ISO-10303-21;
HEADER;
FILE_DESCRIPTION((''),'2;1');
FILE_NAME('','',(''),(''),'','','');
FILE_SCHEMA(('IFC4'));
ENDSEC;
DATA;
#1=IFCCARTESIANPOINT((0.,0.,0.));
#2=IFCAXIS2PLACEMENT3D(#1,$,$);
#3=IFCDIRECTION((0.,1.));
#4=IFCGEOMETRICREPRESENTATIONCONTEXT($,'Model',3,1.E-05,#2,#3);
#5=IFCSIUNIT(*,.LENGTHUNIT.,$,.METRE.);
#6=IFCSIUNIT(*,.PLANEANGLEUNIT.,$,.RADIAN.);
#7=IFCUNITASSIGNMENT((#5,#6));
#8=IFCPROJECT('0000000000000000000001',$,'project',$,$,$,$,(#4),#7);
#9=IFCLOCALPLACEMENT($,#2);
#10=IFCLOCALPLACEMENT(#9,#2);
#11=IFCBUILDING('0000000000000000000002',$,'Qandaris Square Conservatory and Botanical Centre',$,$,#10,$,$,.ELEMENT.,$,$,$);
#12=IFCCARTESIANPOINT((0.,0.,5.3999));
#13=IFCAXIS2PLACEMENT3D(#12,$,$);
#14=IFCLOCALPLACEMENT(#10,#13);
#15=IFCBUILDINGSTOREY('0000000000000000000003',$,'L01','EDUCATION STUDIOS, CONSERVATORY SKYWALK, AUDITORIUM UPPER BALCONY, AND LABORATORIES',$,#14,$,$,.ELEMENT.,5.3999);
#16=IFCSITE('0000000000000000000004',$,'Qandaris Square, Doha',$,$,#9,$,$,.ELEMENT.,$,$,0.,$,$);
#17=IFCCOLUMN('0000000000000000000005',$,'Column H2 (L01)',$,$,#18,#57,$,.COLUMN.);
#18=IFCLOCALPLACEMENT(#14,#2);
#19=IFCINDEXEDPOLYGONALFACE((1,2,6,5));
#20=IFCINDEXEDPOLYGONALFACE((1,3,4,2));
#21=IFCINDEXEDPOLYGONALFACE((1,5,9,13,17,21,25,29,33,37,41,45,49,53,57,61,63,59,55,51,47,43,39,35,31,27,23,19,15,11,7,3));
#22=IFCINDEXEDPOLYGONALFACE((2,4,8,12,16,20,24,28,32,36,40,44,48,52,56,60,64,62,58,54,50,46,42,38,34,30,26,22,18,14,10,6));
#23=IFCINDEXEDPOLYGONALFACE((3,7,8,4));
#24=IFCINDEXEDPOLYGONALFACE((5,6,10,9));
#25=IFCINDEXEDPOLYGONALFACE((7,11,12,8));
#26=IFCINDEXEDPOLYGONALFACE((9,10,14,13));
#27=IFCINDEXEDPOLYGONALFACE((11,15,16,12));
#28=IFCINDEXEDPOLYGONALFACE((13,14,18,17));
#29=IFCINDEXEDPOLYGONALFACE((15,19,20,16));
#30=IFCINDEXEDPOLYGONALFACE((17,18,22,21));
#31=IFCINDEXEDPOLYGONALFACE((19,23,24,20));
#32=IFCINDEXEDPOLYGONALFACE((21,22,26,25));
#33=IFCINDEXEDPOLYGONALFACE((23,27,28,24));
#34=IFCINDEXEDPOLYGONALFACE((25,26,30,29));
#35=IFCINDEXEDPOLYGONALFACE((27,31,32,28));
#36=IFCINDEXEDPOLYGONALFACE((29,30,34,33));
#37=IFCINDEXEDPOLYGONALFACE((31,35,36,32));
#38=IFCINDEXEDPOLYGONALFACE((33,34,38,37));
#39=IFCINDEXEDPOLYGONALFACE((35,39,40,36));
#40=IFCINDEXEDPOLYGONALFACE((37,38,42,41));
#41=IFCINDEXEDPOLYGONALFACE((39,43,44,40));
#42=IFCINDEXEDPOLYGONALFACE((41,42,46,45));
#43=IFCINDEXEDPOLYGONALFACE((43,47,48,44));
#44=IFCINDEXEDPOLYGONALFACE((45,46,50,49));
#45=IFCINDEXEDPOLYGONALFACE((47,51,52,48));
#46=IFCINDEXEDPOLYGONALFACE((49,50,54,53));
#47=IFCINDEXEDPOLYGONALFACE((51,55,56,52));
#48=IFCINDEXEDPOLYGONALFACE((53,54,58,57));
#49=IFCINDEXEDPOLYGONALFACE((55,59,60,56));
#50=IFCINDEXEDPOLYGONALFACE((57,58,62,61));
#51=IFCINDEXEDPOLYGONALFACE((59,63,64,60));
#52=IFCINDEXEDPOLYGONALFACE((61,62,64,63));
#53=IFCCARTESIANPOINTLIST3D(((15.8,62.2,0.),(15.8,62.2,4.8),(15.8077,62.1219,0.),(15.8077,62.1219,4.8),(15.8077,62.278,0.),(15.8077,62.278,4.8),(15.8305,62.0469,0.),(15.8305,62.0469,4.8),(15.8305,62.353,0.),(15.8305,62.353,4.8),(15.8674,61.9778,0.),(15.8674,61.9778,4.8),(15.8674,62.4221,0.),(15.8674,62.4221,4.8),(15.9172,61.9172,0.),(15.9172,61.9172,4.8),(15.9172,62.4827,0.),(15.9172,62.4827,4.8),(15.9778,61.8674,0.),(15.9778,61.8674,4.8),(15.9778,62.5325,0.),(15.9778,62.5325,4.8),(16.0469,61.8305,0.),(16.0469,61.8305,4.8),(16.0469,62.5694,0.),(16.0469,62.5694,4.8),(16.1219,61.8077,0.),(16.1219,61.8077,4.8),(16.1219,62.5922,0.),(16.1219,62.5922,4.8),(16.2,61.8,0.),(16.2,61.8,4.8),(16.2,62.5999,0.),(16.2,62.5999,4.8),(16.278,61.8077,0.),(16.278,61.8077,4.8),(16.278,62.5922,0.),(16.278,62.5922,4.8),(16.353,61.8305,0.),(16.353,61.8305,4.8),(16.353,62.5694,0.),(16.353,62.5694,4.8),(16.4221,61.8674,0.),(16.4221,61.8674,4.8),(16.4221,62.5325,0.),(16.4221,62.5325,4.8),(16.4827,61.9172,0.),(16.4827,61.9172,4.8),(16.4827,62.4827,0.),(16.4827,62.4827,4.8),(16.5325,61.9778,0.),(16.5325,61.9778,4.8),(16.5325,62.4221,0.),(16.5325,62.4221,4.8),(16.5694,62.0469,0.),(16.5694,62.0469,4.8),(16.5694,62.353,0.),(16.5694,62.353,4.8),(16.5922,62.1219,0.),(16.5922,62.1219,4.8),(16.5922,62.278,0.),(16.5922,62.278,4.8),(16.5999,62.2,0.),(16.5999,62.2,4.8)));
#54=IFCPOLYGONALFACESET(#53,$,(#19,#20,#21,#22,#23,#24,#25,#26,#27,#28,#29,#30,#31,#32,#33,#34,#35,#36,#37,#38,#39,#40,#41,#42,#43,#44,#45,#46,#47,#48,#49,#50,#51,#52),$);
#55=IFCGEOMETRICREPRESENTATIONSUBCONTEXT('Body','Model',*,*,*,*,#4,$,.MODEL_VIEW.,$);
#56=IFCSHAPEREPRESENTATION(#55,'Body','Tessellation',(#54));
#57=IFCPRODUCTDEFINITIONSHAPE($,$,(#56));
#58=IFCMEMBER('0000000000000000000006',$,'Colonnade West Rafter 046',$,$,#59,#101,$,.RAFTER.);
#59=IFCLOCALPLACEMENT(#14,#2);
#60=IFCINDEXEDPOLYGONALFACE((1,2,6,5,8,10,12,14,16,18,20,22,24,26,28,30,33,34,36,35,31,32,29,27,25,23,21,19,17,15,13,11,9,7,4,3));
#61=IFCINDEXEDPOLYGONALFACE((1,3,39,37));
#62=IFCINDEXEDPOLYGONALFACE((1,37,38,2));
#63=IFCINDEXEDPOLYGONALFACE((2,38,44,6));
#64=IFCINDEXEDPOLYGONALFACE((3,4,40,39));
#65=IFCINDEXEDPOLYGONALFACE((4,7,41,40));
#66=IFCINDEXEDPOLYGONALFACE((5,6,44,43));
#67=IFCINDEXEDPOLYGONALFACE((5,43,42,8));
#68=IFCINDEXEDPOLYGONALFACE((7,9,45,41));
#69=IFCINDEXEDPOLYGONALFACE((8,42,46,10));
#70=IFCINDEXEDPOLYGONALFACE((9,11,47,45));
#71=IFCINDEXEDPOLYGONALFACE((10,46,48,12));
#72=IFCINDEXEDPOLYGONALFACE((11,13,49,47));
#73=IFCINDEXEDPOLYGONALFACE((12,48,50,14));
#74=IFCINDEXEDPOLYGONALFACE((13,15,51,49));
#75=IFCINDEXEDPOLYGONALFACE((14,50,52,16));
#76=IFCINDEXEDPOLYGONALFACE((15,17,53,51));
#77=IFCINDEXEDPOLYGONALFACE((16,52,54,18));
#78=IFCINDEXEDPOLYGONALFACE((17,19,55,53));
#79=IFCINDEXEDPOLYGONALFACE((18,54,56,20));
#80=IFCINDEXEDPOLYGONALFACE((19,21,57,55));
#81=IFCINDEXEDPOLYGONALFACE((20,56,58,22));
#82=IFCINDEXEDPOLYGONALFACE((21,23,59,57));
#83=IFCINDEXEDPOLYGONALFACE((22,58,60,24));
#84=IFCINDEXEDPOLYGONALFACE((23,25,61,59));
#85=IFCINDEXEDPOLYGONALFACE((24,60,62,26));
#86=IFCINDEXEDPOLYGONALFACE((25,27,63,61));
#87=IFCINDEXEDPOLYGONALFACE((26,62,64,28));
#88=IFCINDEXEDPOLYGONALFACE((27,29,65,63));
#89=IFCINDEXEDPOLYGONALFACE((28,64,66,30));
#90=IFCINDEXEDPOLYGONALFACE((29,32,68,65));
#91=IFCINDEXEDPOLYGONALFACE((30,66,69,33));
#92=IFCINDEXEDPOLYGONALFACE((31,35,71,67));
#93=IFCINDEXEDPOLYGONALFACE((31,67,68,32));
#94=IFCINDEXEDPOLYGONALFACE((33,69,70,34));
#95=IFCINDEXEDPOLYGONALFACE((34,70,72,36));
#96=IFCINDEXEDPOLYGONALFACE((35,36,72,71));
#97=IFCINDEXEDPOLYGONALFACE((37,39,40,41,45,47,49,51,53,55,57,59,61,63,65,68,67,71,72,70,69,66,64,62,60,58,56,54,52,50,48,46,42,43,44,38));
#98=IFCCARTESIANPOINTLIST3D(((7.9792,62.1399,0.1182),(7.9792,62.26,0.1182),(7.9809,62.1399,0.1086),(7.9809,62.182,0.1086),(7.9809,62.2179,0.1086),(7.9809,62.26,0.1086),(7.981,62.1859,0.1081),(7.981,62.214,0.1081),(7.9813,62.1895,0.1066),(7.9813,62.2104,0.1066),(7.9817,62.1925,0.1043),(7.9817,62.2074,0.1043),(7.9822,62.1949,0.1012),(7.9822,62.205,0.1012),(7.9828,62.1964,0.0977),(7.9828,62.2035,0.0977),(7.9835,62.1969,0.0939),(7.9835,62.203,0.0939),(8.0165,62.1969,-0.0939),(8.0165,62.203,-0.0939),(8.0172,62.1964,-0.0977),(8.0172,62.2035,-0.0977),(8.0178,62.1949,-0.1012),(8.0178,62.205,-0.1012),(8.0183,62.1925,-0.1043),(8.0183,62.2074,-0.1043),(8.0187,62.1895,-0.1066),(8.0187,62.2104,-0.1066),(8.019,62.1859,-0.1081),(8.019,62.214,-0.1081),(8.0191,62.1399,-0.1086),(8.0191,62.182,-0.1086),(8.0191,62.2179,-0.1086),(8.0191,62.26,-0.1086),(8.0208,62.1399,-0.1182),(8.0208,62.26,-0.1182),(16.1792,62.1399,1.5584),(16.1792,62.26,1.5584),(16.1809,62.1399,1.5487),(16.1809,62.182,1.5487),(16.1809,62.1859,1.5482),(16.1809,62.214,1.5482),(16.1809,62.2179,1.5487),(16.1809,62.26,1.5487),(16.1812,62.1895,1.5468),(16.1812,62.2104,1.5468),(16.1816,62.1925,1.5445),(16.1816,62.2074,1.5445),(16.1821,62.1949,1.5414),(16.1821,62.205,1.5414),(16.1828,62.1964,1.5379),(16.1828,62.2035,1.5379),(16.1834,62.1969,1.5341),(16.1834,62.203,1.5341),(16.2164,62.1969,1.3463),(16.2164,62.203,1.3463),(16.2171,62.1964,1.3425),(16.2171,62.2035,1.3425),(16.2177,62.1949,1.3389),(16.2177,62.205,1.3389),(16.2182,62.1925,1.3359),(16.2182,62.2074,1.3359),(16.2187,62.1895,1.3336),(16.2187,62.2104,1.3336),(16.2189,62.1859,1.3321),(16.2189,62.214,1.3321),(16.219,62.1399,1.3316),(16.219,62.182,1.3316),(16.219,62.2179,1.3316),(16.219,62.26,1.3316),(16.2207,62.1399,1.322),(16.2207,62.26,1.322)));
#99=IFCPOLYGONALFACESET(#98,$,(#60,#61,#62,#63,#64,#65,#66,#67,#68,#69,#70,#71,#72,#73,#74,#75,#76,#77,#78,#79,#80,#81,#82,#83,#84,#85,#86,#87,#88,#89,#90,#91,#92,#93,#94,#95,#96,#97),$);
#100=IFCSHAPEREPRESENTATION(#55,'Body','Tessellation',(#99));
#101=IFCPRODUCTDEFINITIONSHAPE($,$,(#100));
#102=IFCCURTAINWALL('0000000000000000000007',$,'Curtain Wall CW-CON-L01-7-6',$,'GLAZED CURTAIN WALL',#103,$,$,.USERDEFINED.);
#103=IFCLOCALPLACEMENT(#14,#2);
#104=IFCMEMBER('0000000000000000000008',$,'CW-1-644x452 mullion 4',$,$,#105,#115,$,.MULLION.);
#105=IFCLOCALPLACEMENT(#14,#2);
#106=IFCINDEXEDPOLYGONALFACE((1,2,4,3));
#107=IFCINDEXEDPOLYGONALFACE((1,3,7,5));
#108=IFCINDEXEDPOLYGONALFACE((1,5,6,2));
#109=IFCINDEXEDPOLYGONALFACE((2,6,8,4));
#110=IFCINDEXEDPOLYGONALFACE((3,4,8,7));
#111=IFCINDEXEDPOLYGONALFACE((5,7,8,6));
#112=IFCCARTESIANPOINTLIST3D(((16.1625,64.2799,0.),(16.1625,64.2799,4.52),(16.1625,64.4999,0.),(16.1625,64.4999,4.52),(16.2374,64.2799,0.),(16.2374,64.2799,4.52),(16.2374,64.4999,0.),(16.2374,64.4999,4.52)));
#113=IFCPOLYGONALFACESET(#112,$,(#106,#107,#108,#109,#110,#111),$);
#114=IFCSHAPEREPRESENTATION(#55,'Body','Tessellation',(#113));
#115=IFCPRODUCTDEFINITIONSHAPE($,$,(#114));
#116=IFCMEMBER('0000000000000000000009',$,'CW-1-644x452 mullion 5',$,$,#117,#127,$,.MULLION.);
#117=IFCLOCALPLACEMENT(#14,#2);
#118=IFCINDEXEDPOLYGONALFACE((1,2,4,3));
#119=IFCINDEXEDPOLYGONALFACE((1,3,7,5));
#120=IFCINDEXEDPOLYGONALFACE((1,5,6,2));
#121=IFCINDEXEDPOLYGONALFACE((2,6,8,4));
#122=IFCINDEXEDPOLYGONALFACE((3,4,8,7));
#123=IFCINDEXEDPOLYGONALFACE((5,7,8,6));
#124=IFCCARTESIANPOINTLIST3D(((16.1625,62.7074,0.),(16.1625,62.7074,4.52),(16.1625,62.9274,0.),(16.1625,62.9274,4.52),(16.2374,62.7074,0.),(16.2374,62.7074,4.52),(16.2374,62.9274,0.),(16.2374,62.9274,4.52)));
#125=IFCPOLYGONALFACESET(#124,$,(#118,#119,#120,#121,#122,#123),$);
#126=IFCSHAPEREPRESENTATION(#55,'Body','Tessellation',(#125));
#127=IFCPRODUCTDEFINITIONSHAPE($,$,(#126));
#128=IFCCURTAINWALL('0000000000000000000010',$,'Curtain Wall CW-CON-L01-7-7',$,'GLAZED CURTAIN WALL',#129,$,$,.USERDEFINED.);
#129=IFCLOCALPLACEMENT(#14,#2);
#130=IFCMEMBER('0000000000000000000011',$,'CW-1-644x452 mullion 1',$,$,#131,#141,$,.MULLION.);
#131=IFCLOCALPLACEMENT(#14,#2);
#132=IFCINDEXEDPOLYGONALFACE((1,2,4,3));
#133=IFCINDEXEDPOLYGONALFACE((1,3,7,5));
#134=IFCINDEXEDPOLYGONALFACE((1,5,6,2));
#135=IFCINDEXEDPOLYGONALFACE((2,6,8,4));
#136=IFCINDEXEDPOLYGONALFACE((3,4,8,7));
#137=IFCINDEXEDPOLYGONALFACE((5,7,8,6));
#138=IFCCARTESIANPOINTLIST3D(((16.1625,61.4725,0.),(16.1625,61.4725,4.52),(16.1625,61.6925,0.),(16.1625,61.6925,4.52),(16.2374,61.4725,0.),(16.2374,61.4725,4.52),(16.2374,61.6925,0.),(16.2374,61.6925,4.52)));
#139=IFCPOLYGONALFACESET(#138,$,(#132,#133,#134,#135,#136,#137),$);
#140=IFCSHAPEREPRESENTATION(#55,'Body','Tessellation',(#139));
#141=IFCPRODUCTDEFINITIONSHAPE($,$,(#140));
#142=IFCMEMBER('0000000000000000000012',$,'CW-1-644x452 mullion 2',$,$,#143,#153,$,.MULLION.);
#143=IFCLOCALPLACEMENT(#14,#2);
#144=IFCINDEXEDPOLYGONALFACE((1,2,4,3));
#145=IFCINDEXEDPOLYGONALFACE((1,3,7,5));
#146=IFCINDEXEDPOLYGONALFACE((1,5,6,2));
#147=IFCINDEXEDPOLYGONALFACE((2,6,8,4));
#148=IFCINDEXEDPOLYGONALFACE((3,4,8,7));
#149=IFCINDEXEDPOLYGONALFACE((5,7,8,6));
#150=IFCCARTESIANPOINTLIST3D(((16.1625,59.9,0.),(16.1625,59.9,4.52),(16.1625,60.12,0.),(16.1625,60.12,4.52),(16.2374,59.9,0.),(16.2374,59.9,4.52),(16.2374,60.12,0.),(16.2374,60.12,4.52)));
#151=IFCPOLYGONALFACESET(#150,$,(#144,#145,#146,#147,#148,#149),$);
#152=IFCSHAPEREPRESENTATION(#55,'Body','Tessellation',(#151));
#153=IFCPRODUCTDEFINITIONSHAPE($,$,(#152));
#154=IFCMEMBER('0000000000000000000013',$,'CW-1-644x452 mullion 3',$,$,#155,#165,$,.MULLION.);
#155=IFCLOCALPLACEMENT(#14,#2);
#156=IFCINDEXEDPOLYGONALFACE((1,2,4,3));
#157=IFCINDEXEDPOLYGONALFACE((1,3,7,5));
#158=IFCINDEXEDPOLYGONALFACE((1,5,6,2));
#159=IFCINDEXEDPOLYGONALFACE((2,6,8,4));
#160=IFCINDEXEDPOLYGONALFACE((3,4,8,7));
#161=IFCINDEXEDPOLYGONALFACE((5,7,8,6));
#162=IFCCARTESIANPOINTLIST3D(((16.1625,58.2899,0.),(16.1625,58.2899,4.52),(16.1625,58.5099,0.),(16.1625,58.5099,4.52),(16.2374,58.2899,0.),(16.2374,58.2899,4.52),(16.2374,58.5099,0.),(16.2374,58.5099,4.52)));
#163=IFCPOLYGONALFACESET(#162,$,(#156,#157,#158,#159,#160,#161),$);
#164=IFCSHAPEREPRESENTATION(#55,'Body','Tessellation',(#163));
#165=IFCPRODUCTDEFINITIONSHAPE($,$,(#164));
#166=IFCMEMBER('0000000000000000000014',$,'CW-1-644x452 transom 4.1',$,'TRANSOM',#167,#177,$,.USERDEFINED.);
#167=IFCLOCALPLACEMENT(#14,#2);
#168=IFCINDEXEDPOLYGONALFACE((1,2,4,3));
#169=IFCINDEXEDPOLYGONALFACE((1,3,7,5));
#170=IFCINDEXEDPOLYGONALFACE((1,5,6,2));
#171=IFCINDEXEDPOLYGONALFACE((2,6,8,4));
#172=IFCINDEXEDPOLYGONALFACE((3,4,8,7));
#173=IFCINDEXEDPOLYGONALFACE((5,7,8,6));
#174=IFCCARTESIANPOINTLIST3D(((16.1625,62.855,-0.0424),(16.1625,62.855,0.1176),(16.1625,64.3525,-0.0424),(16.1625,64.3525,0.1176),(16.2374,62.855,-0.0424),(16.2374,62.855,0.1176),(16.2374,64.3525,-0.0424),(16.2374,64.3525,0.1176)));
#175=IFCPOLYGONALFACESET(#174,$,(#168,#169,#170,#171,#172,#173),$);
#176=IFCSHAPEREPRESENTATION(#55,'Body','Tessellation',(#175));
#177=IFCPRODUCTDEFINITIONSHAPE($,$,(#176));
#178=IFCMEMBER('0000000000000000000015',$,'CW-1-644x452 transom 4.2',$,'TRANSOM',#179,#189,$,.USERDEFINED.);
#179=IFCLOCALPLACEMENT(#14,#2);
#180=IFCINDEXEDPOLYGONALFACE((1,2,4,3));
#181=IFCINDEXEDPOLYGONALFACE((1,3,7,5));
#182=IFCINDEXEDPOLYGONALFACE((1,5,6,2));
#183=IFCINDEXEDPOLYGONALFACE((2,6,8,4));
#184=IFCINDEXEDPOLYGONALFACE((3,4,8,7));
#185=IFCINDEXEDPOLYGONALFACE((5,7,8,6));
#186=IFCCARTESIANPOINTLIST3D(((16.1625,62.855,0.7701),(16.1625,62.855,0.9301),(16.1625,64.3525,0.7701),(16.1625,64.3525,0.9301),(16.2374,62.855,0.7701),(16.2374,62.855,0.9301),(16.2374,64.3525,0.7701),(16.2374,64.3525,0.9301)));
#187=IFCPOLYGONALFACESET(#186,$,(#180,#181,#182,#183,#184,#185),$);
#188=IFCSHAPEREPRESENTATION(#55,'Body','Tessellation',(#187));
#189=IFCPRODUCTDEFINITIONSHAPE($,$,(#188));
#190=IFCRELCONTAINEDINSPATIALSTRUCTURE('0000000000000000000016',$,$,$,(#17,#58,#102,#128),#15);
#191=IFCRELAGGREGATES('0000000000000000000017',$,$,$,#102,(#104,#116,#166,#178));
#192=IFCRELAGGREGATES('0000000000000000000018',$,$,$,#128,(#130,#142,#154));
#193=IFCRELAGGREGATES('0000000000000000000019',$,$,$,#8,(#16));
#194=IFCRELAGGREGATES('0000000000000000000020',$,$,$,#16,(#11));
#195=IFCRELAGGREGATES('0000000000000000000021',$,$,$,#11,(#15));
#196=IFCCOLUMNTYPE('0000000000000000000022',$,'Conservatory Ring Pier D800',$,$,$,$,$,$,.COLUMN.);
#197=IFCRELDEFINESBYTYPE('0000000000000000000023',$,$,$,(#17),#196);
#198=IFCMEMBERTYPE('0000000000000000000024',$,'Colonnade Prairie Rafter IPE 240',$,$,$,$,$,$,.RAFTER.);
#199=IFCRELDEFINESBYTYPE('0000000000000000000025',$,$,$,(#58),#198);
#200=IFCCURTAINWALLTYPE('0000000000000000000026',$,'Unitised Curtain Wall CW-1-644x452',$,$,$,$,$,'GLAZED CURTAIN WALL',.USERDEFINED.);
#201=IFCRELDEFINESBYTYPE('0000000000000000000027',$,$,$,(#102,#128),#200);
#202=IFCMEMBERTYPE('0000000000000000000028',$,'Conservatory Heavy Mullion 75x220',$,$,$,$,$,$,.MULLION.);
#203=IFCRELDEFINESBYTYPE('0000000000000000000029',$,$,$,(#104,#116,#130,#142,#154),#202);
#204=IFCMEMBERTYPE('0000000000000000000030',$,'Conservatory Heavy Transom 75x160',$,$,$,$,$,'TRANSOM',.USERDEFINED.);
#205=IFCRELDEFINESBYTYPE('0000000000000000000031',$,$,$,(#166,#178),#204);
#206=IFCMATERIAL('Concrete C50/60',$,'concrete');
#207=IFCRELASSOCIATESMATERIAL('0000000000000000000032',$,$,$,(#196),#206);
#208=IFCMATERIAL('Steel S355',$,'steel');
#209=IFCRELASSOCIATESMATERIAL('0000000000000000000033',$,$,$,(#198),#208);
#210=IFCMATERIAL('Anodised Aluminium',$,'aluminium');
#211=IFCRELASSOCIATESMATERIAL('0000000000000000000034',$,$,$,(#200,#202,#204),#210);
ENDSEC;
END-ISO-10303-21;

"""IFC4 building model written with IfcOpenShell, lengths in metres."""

from ifc_helpers import new_model, si_unit, direction, frame, origin, origin_2d, place, context, subcontext, project, spatial, rectangle, circle, i_section, extrude, material, material_profile, profile_set, type_object, element, aggregate, save


model = new_model("IFC4")

# Units and contexts
model_context = context("Model", 3, precision=1e-05, world=origin(), true_north=direction((0.0, 1.0)))
body_context = subcontext(model_context, "Body", "Model", "MODEL_VIEW")
ifc_project = project(units=[si_unit("LENGTHUNIT", "METRE"), si_unit("PLANEANGLEUNIT", "RADIAN")], contexts=[model_context])

# Site, building, storey
site_placement = place(None, origin())
site = spatial("IfcSite", under=ifc_project, at=site_placement, Name="Qandaris Square, Doha", CompositionType="ELEMENT", RefElevation=0.0)
building_placement = place(site_placement, origin())
building = spatial("IfcBuilding", under=site, at=building_placement, Name="Qandaris Square Conservatory and Botanical Centre", CompositionType="ELEMENT")
storey_placement = place(building_placement, frame((0.0, 0.0, 5.3999)))
storey = spatial("IfcBuildingStorey", under=building, at=storey_placement, Name="L01", Description="EDUCATION STUDIOS, CONSERVATORY SKYWALK, AUDITORIUM UPPER BALCONY, AND LABORATORIES", CompositionType="ELEMENT", Elevation=5.3999)

# Column
ifc_material_1 = material(Name="Concrete C50/60", Category="concrete")
ifc_material_profile_1 = material_profile(ifc_material_1, circle(Radius=0.3999, at=origin_2d()), Name="RC-COL D800")
ifc_profile_set_1 = profile_set([ifc_material_profile_1], Name="Concrete C50/60")
column_type = type_object("IfcColumnType", Name="Conservatory Ring Pier D800", PredefinedType="COLUMN", material=ifc_profile_set_1)
column_placement = place(storey_placement, frame((16.2, 62.2, 0.0), z_axis=(0.0, 0.0, 1.0), x_axis=(1.0, 0.0, 0.0)))
element("IfcColumn", 1, at=column_placement, inside=storey, type_object=column_type, Name="Column H2 (L01)", PredefinedType="COLUMN", context=body_context, shape_type="SweptSolid", body=[
    extrude(circle(Radius=0.3999, at=origin_2d()), origin(), (0.0, 0.0, 1.0), 4.8),
])

# Member
ifc_material_2 = material(Name="Steel S355", Category="steel")
ifc_material_profile_2 = material_profile(ifc_material_2, i_section(OverallWidth=0.1201, OverallDepth=0.24, WebThickness=0.0061, FlangeThickness=0.0098, FilletRadius=0.0149, at=origin_2d()), Name="IPE 240")
ifc_profile_set_2 = profile_set([ifc_material_profile_2], Name="Steel S355")
member_type_1 = type_object("IfcMemberType", Name="Colonnade Prairie Rafter IPE 240", PredefinedType="RAFTER", material=ifc_profile_set_2)
member_1_placement = place(storey_placement, frame((8.0, 62.2, 0.0), z_axis=(0.984924, 0.0, 0.172986), x_axis=(0.0, 1.0, 0.0)))
element("IfcMember", 2, at=member_1_placement, inside=storey, type_object=member_type_1, Name="Colonnade West Rafter 046", PredefinedType="RAFTER", context=body_context, shape_type="SweptSolid", body=[
    extrude(i_section(OverallWidth=0.1201, OverallDepth=0.24, WebThickness=0.0061, FlangeThickness=0.0098, FilletRadius=0.0149, at=origin_2d()), origin(), (0.0, 0.0, 1.0), 8.3254),
])

# Curtain walls, members
ifc_material_3 = material(Name="Anodised Aluminium", Category="aluminium")
curtain_wall_type = type_object("IfcCurtainWallType", Name="Unitised Curtain Wall CW-1-644x452", ElementType="GLAZED CURTAIN WALL", PredefinedType="USERDEFINED", material=ifc_material_3)
curtain_wall_1_placement = place(storey_placement, origin())
curtain_wall_1 = element("IfcCurtainWall", 3, at=curtain_wall_1_placement, inside=storey, type_object=curtain_wall_type, Name="Curtain Wall CW-CON-L01-7-6", ObjectType="GLAZED CURTAIN WALL", PredefinedType="USERDEFINED")
ifc_material_profile_3 = material_profile(ifc_material_3, rectangle(XDim=0.075, YDim=0.22, at=origin_2d()), Name="ALU-MUL 75x220")
ifc_profile_set_3 = profile_set([ifc_material_profile_3], Name="Anodised Aluminium")
member_type_2 = type_object("IfcMemberType", Name="Conservatory Heavy Mullion 75x220", PredefinedType="MULLION", material=ifc_profile_set_3)
member_2_placement = place(storey_placement, frame((16.2, 64.3899, 0.0), z_axis=(0.0, 0.0, 1.0), x_axis=(1.0, 0.0, 0.0)))
member_2 = element("IfcMember", 4, at=member_2_placement, type_object=member_type_2, Name="CW-1-644x452 mullion 4", PredefinedType="MULLION", context=body_context, shape_type="SweptSolid", body=[
    extrude(rectangle(XDim=0.075, YDim=0.22, at=origin_2d()), origin(), (0.0, 0.0, 1.0), 4.52),
])
member_3_placement = place(storey_placement, frame((16.2, 62.8174, 0.0), z_axis=(0.0, 0.0, 1.0), x_axis=(1.0, 0.0, 0.0)))
member_3 = element("IfcMember", 5, at=member_3_placement, type_object=member_type_2, Name="CW-1-644x452 mullion 5", PredefinedType="MULLION", context=body_context, shape_type="SweptSolid", body=[
    extrude(rectangle(XDim=0.075, YDim=0.22, at=origin_2d()), origin(), (0.0, 0.0, 1.0), 4.52),
])
curtain_wall_2_placement = place(storey_placement, origin())
curtain_wall_2 = element("IfcCurtainWall", 6, at=curtain_wall_2_placement, inside=storey, type_object=curtain_wall_type, Name="Curtain Wall CW-CON-L01-7-7", ObjectType="GLAZED CURTAIN WALL", PredefinedType="USERDEFINED")
member_4_placement = place(storey_placement, frame((16.2, 61.5825, 0.0), z_axis=(0.0, 0.0, 1.0), x_axis=(1.0, 0.0, 0.0)))
member_4 = element("IfcMember", 7, at=member_4_placement, type_object=member_type_2, Name="CW-1-644x452 mullion 1", PredefinedType="MULLION", context=body_context, shape_type="SweptSolid", body=[
    extrude(rectangle(XDim=0.075, YDim=0.22, at=origin_2d()), origin(), (0.0, 0.0, 1.0), 4.52),
])
member_5_placement = place(storey_placement, frame((16.2, 60.01, 0.0), z_axis=(0.0, 0.0, 1.0), x_axis=(1.0, 0.0, 0.0)))
member_5 = element("IfcMember", 8, at=member_5_placement, type_object=member_type_2, Name="CW-1-644x452 mullion 2", PredefinedType="MULLION", context=body_context, shape_type="SweptSolid", body=[
    extrude(rectangle(XDim=0.075, YDim=0.22, at=origin_2d()), origin(), (0.0, 0.0, 1.0), 4.52),
])
member_6_placement = place(storey_placement, frame((16.2, 58.3999, 0.0), z_axis=(0.0, 0.0, 1.0), x_axis=(1.0, 0.0, 0.0)))
member_6 = element("IfcMember", 9, at=member_6_placement, type_object=member_type_2, Name="CW-1-644x452 mullion 3", PredefinedType="MULLION", context=body_context, shape_type="SweptSolid", body=[
    extrude(rectangle(XDim=0.075, YDim=0.22, at=origin_2d()), origin(), (0.0, 0.0, 1.0), 4.52),
])

# Members
ifc_material_profile_4 = material_profile(ifc_material_3, rectangle(XDim=0.075, YDim=0.1599, at=origin_2d()), Name="ALU-TRN 75x160")
ifc_profile_set_4 = profile_set([ifc_material_profile_4], Name="Anodised Aluminium")
member_type_3 = type_object("IfcMemberType", Name="Conservatory Heavy Transom 75x160", ElementType="TRANSOM", PredefinedType="USERDEFINED", material=ifc_profile_set_4)
member_7_placement = place(storey_placement, frame((16.2, 64.3525, 0.0376), z_axis=(0.0, -1.0, 0.0), x_axis=(1.0, 0.0, 0.0)))
member_7 = element("IfcMember", 10, at=member_7_placement, type_object=member_type_3, Name="CW-1-644x452 transom 4.1", ObjectType="TRANSOM", PredefinedType="USERDEFINED", context=body_context, shape_type="SweptSolid", body=[
    extrude(rectangle(XDim=0.075, YDim=0.1599, at=origin_2d()), origin(), (0.0, 0.0, 1.0), 1.4976),
])
member_8_placement = place(storey_placement, frame((16.2, 64.3525, 0.8501), z_axis=(0.0, -1.0, 0.0), x_axis=(1.0, 0.0, 0.0)))
member_8 = element("IfcMember", 11, at=member_8_placement, type_object=member_type_3, Name="CW-1-644x452 transom 4.2", ObjectType="TRANSOM", PredefinedType="USERDEFINED", context=body_context, shape_type="SweptSolid", body=[
    extrude(rectangle(XDim=0.075, YDim=0.1599, at=origin_2d()), origin(), (0.0, 0.0, 1.0), 1.4976),
])

aggregate(curtain_wall_1, [member_2, member_3, member_7, member_8])
aggregate(curtain_wall_2, [member_4, member_5, member_6])

save(model, "model.ifc")
